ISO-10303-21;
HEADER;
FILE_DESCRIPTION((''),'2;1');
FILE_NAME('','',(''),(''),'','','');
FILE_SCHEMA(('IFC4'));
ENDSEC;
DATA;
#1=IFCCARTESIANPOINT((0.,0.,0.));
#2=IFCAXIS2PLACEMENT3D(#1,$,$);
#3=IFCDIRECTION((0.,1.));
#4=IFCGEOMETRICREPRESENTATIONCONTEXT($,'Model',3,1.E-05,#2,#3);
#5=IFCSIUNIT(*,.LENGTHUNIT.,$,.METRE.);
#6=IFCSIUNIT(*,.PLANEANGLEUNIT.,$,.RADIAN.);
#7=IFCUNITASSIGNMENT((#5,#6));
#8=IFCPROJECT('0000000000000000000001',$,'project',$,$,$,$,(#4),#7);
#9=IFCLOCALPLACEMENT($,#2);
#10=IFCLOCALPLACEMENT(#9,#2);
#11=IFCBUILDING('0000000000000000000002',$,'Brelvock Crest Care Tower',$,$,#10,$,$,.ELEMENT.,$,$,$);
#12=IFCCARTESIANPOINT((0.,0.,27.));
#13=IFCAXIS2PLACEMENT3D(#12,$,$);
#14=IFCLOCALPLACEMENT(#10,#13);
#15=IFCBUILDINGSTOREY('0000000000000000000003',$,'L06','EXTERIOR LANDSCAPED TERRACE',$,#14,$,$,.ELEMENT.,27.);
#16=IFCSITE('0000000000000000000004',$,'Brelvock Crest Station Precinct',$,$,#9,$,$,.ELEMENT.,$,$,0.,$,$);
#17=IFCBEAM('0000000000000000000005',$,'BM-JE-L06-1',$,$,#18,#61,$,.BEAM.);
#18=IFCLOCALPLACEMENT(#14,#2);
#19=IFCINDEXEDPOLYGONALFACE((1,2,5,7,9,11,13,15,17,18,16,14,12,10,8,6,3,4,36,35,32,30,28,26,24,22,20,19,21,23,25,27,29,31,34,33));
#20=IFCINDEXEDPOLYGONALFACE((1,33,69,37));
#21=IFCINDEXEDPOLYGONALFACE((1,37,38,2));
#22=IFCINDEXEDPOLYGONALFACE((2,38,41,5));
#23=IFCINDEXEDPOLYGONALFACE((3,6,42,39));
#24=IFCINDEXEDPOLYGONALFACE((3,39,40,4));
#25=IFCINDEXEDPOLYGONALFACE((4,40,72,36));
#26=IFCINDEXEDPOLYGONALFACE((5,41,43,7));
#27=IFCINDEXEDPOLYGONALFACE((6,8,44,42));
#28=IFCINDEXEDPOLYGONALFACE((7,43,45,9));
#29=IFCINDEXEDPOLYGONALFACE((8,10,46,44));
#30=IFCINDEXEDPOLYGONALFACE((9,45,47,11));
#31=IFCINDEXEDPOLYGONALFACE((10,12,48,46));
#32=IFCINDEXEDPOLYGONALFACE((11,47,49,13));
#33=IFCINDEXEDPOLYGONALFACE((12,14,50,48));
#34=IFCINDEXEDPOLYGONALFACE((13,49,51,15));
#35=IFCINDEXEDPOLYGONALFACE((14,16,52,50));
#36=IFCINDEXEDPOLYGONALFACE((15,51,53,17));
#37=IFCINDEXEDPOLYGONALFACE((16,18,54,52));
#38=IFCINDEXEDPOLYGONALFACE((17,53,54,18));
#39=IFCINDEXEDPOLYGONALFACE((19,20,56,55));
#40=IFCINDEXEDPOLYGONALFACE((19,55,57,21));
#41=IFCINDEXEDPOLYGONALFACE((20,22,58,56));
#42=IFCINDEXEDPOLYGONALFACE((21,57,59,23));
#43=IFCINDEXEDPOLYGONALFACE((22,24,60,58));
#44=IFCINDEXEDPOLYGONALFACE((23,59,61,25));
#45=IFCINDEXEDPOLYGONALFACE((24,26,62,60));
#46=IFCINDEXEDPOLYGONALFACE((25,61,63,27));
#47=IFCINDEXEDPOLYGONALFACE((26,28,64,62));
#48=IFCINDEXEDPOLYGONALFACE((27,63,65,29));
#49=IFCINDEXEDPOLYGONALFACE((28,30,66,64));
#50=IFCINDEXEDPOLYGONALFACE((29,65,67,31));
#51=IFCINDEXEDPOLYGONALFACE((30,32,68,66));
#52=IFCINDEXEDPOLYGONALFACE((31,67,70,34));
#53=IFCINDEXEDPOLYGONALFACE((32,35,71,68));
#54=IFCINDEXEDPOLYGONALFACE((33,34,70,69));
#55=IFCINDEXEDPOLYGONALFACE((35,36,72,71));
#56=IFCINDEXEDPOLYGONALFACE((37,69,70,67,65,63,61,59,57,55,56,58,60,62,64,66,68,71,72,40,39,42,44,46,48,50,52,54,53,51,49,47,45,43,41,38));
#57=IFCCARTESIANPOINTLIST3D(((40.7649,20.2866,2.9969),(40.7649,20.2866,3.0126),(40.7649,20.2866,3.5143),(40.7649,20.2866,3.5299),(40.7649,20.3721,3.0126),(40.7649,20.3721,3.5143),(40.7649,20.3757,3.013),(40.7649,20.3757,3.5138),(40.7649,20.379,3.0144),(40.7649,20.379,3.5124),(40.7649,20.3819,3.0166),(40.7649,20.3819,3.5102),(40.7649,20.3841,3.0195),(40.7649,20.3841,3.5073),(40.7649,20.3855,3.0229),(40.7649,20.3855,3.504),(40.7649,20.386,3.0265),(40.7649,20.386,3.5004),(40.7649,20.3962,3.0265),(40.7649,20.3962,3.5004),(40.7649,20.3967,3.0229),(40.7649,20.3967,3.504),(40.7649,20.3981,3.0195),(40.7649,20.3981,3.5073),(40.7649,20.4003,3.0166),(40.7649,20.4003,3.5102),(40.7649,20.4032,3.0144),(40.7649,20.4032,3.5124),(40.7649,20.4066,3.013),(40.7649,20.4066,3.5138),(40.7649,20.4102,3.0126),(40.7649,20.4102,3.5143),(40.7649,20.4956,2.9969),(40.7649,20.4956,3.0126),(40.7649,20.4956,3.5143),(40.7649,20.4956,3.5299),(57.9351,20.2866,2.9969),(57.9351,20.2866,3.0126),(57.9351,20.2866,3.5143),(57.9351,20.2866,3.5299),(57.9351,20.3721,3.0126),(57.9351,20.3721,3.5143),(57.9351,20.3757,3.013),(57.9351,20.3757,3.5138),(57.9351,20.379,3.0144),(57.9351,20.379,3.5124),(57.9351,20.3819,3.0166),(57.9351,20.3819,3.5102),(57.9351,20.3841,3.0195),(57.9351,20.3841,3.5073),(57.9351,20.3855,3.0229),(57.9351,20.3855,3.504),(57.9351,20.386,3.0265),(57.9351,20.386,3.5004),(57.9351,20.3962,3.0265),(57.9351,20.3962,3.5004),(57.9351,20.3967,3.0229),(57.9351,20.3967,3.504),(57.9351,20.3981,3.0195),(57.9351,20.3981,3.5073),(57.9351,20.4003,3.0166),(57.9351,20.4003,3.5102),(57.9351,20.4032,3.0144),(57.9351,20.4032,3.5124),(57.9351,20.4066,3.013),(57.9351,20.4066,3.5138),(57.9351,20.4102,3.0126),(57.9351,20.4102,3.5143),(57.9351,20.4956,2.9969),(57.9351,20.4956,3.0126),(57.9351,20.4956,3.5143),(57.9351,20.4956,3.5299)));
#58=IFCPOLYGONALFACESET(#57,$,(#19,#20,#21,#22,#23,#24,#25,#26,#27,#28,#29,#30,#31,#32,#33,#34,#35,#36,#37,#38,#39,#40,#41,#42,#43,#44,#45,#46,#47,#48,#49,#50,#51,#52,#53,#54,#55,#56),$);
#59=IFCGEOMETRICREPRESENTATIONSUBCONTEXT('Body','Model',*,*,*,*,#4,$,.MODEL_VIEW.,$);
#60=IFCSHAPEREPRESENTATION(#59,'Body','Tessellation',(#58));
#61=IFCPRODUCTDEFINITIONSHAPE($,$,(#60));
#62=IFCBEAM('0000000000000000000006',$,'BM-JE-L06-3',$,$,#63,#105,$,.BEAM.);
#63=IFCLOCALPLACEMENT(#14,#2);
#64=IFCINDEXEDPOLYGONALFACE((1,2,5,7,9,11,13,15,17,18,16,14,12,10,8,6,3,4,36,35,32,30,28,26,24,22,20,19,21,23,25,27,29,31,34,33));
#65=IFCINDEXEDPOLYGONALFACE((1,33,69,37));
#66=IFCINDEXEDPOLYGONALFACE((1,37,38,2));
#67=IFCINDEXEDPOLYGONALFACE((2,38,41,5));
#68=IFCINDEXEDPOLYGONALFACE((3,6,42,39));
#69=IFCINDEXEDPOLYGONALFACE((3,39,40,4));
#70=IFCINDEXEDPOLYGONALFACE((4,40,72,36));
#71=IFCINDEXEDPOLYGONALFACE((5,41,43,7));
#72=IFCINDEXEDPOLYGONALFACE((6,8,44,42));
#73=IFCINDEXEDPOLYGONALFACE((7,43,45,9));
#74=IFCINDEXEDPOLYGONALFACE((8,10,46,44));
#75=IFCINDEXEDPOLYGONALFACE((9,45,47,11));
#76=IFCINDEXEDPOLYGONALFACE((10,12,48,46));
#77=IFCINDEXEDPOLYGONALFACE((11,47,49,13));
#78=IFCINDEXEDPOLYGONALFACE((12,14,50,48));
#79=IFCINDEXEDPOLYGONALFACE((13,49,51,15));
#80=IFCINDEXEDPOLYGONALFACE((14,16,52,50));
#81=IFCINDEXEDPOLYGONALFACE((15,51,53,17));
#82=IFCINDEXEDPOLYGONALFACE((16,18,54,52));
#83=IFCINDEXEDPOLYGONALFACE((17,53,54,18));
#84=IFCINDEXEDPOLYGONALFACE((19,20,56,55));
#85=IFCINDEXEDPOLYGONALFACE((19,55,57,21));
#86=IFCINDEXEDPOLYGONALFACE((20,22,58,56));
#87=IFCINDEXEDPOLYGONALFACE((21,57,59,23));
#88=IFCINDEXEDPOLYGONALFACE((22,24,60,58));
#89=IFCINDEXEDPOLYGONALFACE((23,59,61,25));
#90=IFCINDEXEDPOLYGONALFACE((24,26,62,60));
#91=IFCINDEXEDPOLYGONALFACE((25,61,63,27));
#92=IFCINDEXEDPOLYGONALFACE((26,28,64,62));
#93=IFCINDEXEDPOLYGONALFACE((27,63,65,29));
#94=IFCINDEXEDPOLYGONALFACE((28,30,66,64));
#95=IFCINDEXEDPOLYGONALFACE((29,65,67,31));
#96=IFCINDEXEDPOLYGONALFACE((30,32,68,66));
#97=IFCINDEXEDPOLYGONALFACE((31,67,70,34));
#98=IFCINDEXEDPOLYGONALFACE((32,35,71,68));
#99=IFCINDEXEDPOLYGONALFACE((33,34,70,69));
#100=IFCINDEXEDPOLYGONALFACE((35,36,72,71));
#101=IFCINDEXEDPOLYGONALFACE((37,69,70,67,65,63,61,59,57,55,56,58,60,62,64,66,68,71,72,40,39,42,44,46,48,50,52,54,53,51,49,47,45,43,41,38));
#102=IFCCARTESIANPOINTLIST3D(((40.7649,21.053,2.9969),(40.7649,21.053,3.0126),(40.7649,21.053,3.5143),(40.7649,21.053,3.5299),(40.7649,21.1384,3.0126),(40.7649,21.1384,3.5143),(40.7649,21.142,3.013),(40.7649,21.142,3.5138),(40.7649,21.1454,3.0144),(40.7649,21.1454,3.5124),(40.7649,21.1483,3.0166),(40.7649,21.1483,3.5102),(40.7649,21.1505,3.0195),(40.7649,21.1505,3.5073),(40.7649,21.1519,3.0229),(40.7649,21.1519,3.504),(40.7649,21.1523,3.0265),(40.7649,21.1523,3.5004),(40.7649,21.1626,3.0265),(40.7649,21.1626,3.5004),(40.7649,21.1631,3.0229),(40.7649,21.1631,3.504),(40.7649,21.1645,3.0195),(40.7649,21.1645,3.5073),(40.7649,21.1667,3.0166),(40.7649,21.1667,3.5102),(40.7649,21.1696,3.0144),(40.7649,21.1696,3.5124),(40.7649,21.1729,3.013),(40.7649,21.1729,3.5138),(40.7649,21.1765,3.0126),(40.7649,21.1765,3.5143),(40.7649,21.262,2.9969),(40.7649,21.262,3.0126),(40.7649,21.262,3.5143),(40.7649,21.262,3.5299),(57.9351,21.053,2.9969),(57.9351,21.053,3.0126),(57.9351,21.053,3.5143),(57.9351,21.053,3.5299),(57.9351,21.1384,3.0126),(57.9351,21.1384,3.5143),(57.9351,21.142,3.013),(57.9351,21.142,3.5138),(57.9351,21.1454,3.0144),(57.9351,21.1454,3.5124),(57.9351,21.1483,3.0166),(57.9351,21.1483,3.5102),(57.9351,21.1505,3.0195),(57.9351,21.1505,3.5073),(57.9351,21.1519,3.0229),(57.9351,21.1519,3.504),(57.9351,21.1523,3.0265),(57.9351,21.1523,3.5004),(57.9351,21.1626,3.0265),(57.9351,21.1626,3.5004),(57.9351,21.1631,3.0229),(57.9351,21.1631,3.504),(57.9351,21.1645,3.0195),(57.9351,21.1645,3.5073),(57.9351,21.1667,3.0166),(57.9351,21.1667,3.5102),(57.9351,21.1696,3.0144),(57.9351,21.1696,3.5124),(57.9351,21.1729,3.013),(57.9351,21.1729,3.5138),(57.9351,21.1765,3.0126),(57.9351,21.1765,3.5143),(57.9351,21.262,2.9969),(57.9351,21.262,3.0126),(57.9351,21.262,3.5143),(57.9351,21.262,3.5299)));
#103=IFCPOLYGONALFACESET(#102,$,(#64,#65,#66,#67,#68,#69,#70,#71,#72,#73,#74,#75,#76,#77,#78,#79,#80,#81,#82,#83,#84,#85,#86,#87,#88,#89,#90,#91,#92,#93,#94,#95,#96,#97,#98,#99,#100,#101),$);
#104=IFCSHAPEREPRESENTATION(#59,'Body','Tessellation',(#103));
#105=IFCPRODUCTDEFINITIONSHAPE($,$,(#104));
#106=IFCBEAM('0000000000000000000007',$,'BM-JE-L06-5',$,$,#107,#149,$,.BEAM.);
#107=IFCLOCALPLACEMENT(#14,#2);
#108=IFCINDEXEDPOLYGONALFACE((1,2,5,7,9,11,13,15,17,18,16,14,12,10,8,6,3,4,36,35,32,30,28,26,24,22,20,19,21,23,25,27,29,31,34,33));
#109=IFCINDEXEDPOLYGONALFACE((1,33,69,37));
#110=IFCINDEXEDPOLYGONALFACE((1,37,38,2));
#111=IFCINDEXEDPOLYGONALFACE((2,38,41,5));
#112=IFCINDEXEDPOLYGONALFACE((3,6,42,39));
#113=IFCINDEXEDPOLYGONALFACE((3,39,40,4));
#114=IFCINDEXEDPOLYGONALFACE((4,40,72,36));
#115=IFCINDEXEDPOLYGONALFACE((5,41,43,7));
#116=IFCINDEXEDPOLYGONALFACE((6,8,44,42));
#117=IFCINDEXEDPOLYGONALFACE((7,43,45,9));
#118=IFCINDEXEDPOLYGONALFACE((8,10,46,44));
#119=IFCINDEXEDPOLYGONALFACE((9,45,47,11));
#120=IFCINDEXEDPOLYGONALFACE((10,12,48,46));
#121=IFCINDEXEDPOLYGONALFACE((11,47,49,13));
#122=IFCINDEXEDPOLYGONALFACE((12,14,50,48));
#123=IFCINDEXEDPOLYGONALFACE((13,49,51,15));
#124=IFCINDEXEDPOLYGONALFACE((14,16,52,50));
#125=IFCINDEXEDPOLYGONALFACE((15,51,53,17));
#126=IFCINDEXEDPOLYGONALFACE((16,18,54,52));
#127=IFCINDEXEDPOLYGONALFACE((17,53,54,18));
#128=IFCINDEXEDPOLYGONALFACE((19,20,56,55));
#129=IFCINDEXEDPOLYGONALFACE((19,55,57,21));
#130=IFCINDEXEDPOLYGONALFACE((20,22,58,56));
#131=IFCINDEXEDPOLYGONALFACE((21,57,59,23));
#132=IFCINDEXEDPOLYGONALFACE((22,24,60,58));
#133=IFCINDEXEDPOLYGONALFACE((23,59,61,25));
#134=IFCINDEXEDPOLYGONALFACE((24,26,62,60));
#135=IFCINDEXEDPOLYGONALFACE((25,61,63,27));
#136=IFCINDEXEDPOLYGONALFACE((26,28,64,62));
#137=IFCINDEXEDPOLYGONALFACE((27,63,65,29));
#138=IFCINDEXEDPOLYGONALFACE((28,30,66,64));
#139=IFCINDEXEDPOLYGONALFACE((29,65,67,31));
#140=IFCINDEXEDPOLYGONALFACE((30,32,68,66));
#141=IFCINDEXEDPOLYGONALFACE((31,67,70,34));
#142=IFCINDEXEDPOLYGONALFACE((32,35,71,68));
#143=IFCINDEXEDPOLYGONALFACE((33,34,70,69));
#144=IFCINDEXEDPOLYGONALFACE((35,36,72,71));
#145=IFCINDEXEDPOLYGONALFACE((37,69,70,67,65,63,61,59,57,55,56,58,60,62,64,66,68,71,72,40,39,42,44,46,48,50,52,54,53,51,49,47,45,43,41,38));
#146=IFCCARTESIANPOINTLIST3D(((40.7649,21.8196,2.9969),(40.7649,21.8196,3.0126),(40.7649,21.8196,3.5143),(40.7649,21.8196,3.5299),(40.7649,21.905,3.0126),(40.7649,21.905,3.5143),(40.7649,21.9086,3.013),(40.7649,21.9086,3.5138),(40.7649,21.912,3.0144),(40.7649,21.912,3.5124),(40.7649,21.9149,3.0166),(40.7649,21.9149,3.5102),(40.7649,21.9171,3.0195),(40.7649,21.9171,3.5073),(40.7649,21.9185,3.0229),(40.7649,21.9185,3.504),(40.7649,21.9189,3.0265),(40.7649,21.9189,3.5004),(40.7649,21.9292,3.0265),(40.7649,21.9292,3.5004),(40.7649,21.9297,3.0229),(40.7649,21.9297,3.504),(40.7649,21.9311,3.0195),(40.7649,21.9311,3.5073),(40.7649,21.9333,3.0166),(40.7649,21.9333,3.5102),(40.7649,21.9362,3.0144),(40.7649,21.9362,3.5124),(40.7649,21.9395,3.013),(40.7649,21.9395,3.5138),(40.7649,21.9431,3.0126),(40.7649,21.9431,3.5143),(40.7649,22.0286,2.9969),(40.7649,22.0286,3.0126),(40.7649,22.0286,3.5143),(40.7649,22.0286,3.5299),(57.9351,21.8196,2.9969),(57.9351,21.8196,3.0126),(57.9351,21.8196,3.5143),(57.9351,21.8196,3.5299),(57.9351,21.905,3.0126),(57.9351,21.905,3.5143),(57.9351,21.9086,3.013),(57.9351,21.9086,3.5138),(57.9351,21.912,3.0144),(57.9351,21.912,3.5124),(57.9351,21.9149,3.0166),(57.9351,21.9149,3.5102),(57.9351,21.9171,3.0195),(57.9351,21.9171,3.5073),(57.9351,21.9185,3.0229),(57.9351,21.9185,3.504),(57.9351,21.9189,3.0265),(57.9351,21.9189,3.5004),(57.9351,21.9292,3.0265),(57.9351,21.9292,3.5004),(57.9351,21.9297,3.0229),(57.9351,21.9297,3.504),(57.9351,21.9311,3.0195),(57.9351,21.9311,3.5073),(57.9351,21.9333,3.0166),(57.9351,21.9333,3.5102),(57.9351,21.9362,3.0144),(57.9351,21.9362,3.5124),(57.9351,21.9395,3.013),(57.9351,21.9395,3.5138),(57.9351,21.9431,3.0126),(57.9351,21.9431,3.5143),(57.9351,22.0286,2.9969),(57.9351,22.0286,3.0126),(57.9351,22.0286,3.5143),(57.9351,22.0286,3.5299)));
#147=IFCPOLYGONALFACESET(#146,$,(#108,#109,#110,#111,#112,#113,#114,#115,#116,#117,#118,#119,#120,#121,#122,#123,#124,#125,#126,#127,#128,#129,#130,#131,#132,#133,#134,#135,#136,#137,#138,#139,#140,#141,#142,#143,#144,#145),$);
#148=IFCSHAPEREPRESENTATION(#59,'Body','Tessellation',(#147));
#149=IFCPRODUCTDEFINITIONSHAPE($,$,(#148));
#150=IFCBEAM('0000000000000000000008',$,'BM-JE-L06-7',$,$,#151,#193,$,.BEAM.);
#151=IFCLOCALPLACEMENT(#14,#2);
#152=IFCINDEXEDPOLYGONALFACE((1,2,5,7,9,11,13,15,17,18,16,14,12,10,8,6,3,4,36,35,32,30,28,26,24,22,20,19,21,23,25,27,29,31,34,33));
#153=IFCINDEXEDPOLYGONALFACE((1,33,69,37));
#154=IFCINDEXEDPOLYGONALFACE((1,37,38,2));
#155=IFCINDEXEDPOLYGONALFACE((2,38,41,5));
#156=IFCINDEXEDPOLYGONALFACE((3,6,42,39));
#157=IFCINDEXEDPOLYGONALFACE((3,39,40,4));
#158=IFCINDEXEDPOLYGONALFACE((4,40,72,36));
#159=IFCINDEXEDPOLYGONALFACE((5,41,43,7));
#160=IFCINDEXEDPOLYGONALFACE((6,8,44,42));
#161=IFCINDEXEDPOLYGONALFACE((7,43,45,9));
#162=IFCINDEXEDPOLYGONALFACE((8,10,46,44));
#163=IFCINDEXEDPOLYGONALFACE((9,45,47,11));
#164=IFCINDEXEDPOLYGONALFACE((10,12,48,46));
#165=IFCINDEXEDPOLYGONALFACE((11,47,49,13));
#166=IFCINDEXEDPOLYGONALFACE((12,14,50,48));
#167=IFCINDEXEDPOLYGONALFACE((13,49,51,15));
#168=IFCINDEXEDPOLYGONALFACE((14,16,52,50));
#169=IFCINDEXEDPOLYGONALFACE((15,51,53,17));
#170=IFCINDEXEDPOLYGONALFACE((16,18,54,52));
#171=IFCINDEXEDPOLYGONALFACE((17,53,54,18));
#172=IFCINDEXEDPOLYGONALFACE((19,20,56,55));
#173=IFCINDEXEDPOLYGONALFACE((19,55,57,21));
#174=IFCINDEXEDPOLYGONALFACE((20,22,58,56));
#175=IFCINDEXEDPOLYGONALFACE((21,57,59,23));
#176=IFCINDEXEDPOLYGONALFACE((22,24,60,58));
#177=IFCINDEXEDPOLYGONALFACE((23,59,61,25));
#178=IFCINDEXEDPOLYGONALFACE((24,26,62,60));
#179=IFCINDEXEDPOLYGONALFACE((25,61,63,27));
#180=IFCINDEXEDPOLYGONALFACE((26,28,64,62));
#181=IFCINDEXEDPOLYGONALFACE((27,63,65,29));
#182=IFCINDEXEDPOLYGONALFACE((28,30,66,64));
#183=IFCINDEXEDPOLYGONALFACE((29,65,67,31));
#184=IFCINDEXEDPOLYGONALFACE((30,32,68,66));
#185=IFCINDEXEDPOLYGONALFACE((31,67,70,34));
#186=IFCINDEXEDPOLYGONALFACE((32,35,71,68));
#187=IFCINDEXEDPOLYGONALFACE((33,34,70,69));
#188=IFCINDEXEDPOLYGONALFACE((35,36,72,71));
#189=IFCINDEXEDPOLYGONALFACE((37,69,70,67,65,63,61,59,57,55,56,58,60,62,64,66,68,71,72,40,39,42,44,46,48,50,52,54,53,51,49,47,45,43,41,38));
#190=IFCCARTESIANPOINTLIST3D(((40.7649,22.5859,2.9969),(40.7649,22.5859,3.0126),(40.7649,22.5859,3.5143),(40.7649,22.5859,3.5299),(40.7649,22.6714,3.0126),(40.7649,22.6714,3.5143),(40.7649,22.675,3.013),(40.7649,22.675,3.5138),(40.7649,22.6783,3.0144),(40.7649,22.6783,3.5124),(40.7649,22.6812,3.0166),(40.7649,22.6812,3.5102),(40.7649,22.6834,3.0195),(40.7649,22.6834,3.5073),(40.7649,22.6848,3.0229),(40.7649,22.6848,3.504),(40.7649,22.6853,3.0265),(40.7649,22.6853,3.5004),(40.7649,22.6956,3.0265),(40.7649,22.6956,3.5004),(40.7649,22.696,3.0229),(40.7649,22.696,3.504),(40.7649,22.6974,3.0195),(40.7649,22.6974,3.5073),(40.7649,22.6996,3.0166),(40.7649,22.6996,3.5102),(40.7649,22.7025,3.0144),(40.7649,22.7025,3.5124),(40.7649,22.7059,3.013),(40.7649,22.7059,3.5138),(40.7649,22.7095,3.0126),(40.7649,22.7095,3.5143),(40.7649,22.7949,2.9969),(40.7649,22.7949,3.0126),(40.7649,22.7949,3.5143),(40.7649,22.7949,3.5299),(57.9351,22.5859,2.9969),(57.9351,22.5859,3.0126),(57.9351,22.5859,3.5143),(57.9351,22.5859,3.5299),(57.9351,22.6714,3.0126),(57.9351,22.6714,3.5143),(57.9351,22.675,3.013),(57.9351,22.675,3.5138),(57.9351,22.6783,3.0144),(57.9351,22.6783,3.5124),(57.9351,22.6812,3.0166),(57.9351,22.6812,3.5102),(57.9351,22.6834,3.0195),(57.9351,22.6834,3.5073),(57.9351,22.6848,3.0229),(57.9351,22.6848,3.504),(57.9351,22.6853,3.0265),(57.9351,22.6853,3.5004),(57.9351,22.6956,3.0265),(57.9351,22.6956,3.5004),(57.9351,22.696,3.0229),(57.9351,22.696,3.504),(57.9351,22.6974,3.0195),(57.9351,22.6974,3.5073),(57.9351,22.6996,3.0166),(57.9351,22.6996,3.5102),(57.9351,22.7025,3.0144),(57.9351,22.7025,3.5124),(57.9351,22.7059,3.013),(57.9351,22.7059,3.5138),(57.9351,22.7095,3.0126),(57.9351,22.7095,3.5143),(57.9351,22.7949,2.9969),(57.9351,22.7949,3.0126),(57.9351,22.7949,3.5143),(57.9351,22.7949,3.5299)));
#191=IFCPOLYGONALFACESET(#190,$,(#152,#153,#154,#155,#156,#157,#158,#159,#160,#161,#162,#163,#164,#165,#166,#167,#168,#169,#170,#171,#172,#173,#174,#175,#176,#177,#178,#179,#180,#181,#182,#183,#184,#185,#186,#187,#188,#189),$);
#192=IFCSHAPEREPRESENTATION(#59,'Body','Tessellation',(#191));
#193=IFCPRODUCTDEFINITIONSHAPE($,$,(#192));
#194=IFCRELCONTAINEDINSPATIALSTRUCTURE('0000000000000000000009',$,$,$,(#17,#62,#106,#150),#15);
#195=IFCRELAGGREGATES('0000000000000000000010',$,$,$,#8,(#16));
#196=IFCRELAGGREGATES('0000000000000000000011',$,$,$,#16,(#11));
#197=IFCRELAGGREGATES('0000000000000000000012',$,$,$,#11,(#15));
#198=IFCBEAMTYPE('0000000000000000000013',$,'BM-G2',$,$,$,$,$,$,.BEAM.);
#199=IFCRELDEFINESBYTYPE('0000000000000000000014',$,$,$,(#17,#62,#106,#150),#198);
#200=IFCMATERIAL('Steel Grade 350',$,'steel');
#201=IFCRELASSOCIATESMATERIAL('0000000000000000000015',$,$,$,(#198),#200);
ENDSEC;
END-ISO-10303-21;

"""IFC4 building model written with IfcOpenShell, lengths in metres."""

from ifc_helpers import new_model, si_unit, direction, frame, origin, origin_2d, place, context, subcontext, project, spatial, i_section, extrude, source, transform, mapped, material, material_profile, profile_set, type_object, element, save


model = new_model("IFC4")

# Units and contexts
model_context = context("Model", 3, precision=1e-05, world=origin(), true_north=direction((0.0, 1.0)))
body_context = subcontext(model_context, "Body", "Model", "MODEL_VIEW")
ifc_project = project(units=[si_unit("LENGTHUNIT", "METRE"), si_unit("PLANEANGLEUNIT", "RADIAN")], contexts=[model_context])

# Site, building, storey
site_placement = place(None, origin())
site = spatial("IfcSite", under=ifc_project, at=site_placement, Name="Brelvock Crest Station Precinct", CompositionType="ELEMENT", RefElevation=0.0)
building_placement = place(site_placement, origin())
building = spatial("IfcBuilding", under=site, at=building_placement, Name="Brelvock Crest Care Tower", CompositionType="ELEMENT")
storey_placement = place(building_placement, frame((0.0, 0.0, 27.0)))
storey = spatial("IfcBuildingStorey", under=building, at=storey_placement, Name="L06", Description="EXTERIOR LANDSCAPED TERRACE", CompositionType="ELEMENT", Elevation=27.0)

# Beams
ifc_material_1 = material(Name="Steel Grade 350", Category="steel")
ifc_material_profile_1 = material_profile(ifc_material_1, i_section(OverallWidth=0.209, OverallDepth=0.533, WebThickness=0.0103, FlangeThickness=0.0156, FilletRadius=0.0139, at=origin_2d()), Name="530UB92.4")
ifc_profile_set_1 = profile_set([ifc_material_profile_1], Name="Steel Grade 350")
beam_type_1 = type_object("IfcBeamType", Name="BM-G2", PredefinedType="BEAM", material=ifc_profile_set_1)
shared_shape_1 = source(origin(), body_context, "Body", "SweptSolid", [
    extrude(i_section(OverallWidth=0.209, OverallDepth=0.533, WebThickness=0.0103, FlangeThickness=0.0156, FilletRadius=0.0139, at=origin_2d()), origin(), (0.0, 0.0, 1.0), 17.1702),
])
for number, where, z_axis, x_axis, name in (
    (1, (40.7649, 20.3911, 3.2634), (1.0, 0.0, 0.0), (0.0, 1.0, 0.0), "BM-JE-L06-1"),
    (2, (40.7649, 21.1575, 3.2634), (1.0, 0.0, 0.0), (0.0, 1.0, 0.0), "BM-JE-L06-3"),
    (3, (40.7649, 21.9241, 3.2634), (1.0, 0.0, 0.0), (0.0, 1.0, 0.0), "BM-JE-L06-5"),
    (4, (40.7649, 22.6904, 3.2634), (1.0, 0.0, 0.0), (0.0, 1.0, 0.0), "BM-JE-L06-7"),
):
    element("IfcBeam", number, at=place(storey_placement, frame(where, z_axis=z_axis, x_axis=x_axis)), inside=storey, type_object=beam_type_1, Name=name, PredefinedType="BEAM", context=body_context, shape_type="MappedRepresentation", body=[
        mapped(shared_shape_1, transform((0.0, 0.0, 0.0), x_axis=(1.0, 0.0, 0.0), y_axis=(0.0, 1.0, 0.0), z_axis=(0.0, 0.0, 1.0), scale=1.0)),
    ])

save(model, "model.ifc")
